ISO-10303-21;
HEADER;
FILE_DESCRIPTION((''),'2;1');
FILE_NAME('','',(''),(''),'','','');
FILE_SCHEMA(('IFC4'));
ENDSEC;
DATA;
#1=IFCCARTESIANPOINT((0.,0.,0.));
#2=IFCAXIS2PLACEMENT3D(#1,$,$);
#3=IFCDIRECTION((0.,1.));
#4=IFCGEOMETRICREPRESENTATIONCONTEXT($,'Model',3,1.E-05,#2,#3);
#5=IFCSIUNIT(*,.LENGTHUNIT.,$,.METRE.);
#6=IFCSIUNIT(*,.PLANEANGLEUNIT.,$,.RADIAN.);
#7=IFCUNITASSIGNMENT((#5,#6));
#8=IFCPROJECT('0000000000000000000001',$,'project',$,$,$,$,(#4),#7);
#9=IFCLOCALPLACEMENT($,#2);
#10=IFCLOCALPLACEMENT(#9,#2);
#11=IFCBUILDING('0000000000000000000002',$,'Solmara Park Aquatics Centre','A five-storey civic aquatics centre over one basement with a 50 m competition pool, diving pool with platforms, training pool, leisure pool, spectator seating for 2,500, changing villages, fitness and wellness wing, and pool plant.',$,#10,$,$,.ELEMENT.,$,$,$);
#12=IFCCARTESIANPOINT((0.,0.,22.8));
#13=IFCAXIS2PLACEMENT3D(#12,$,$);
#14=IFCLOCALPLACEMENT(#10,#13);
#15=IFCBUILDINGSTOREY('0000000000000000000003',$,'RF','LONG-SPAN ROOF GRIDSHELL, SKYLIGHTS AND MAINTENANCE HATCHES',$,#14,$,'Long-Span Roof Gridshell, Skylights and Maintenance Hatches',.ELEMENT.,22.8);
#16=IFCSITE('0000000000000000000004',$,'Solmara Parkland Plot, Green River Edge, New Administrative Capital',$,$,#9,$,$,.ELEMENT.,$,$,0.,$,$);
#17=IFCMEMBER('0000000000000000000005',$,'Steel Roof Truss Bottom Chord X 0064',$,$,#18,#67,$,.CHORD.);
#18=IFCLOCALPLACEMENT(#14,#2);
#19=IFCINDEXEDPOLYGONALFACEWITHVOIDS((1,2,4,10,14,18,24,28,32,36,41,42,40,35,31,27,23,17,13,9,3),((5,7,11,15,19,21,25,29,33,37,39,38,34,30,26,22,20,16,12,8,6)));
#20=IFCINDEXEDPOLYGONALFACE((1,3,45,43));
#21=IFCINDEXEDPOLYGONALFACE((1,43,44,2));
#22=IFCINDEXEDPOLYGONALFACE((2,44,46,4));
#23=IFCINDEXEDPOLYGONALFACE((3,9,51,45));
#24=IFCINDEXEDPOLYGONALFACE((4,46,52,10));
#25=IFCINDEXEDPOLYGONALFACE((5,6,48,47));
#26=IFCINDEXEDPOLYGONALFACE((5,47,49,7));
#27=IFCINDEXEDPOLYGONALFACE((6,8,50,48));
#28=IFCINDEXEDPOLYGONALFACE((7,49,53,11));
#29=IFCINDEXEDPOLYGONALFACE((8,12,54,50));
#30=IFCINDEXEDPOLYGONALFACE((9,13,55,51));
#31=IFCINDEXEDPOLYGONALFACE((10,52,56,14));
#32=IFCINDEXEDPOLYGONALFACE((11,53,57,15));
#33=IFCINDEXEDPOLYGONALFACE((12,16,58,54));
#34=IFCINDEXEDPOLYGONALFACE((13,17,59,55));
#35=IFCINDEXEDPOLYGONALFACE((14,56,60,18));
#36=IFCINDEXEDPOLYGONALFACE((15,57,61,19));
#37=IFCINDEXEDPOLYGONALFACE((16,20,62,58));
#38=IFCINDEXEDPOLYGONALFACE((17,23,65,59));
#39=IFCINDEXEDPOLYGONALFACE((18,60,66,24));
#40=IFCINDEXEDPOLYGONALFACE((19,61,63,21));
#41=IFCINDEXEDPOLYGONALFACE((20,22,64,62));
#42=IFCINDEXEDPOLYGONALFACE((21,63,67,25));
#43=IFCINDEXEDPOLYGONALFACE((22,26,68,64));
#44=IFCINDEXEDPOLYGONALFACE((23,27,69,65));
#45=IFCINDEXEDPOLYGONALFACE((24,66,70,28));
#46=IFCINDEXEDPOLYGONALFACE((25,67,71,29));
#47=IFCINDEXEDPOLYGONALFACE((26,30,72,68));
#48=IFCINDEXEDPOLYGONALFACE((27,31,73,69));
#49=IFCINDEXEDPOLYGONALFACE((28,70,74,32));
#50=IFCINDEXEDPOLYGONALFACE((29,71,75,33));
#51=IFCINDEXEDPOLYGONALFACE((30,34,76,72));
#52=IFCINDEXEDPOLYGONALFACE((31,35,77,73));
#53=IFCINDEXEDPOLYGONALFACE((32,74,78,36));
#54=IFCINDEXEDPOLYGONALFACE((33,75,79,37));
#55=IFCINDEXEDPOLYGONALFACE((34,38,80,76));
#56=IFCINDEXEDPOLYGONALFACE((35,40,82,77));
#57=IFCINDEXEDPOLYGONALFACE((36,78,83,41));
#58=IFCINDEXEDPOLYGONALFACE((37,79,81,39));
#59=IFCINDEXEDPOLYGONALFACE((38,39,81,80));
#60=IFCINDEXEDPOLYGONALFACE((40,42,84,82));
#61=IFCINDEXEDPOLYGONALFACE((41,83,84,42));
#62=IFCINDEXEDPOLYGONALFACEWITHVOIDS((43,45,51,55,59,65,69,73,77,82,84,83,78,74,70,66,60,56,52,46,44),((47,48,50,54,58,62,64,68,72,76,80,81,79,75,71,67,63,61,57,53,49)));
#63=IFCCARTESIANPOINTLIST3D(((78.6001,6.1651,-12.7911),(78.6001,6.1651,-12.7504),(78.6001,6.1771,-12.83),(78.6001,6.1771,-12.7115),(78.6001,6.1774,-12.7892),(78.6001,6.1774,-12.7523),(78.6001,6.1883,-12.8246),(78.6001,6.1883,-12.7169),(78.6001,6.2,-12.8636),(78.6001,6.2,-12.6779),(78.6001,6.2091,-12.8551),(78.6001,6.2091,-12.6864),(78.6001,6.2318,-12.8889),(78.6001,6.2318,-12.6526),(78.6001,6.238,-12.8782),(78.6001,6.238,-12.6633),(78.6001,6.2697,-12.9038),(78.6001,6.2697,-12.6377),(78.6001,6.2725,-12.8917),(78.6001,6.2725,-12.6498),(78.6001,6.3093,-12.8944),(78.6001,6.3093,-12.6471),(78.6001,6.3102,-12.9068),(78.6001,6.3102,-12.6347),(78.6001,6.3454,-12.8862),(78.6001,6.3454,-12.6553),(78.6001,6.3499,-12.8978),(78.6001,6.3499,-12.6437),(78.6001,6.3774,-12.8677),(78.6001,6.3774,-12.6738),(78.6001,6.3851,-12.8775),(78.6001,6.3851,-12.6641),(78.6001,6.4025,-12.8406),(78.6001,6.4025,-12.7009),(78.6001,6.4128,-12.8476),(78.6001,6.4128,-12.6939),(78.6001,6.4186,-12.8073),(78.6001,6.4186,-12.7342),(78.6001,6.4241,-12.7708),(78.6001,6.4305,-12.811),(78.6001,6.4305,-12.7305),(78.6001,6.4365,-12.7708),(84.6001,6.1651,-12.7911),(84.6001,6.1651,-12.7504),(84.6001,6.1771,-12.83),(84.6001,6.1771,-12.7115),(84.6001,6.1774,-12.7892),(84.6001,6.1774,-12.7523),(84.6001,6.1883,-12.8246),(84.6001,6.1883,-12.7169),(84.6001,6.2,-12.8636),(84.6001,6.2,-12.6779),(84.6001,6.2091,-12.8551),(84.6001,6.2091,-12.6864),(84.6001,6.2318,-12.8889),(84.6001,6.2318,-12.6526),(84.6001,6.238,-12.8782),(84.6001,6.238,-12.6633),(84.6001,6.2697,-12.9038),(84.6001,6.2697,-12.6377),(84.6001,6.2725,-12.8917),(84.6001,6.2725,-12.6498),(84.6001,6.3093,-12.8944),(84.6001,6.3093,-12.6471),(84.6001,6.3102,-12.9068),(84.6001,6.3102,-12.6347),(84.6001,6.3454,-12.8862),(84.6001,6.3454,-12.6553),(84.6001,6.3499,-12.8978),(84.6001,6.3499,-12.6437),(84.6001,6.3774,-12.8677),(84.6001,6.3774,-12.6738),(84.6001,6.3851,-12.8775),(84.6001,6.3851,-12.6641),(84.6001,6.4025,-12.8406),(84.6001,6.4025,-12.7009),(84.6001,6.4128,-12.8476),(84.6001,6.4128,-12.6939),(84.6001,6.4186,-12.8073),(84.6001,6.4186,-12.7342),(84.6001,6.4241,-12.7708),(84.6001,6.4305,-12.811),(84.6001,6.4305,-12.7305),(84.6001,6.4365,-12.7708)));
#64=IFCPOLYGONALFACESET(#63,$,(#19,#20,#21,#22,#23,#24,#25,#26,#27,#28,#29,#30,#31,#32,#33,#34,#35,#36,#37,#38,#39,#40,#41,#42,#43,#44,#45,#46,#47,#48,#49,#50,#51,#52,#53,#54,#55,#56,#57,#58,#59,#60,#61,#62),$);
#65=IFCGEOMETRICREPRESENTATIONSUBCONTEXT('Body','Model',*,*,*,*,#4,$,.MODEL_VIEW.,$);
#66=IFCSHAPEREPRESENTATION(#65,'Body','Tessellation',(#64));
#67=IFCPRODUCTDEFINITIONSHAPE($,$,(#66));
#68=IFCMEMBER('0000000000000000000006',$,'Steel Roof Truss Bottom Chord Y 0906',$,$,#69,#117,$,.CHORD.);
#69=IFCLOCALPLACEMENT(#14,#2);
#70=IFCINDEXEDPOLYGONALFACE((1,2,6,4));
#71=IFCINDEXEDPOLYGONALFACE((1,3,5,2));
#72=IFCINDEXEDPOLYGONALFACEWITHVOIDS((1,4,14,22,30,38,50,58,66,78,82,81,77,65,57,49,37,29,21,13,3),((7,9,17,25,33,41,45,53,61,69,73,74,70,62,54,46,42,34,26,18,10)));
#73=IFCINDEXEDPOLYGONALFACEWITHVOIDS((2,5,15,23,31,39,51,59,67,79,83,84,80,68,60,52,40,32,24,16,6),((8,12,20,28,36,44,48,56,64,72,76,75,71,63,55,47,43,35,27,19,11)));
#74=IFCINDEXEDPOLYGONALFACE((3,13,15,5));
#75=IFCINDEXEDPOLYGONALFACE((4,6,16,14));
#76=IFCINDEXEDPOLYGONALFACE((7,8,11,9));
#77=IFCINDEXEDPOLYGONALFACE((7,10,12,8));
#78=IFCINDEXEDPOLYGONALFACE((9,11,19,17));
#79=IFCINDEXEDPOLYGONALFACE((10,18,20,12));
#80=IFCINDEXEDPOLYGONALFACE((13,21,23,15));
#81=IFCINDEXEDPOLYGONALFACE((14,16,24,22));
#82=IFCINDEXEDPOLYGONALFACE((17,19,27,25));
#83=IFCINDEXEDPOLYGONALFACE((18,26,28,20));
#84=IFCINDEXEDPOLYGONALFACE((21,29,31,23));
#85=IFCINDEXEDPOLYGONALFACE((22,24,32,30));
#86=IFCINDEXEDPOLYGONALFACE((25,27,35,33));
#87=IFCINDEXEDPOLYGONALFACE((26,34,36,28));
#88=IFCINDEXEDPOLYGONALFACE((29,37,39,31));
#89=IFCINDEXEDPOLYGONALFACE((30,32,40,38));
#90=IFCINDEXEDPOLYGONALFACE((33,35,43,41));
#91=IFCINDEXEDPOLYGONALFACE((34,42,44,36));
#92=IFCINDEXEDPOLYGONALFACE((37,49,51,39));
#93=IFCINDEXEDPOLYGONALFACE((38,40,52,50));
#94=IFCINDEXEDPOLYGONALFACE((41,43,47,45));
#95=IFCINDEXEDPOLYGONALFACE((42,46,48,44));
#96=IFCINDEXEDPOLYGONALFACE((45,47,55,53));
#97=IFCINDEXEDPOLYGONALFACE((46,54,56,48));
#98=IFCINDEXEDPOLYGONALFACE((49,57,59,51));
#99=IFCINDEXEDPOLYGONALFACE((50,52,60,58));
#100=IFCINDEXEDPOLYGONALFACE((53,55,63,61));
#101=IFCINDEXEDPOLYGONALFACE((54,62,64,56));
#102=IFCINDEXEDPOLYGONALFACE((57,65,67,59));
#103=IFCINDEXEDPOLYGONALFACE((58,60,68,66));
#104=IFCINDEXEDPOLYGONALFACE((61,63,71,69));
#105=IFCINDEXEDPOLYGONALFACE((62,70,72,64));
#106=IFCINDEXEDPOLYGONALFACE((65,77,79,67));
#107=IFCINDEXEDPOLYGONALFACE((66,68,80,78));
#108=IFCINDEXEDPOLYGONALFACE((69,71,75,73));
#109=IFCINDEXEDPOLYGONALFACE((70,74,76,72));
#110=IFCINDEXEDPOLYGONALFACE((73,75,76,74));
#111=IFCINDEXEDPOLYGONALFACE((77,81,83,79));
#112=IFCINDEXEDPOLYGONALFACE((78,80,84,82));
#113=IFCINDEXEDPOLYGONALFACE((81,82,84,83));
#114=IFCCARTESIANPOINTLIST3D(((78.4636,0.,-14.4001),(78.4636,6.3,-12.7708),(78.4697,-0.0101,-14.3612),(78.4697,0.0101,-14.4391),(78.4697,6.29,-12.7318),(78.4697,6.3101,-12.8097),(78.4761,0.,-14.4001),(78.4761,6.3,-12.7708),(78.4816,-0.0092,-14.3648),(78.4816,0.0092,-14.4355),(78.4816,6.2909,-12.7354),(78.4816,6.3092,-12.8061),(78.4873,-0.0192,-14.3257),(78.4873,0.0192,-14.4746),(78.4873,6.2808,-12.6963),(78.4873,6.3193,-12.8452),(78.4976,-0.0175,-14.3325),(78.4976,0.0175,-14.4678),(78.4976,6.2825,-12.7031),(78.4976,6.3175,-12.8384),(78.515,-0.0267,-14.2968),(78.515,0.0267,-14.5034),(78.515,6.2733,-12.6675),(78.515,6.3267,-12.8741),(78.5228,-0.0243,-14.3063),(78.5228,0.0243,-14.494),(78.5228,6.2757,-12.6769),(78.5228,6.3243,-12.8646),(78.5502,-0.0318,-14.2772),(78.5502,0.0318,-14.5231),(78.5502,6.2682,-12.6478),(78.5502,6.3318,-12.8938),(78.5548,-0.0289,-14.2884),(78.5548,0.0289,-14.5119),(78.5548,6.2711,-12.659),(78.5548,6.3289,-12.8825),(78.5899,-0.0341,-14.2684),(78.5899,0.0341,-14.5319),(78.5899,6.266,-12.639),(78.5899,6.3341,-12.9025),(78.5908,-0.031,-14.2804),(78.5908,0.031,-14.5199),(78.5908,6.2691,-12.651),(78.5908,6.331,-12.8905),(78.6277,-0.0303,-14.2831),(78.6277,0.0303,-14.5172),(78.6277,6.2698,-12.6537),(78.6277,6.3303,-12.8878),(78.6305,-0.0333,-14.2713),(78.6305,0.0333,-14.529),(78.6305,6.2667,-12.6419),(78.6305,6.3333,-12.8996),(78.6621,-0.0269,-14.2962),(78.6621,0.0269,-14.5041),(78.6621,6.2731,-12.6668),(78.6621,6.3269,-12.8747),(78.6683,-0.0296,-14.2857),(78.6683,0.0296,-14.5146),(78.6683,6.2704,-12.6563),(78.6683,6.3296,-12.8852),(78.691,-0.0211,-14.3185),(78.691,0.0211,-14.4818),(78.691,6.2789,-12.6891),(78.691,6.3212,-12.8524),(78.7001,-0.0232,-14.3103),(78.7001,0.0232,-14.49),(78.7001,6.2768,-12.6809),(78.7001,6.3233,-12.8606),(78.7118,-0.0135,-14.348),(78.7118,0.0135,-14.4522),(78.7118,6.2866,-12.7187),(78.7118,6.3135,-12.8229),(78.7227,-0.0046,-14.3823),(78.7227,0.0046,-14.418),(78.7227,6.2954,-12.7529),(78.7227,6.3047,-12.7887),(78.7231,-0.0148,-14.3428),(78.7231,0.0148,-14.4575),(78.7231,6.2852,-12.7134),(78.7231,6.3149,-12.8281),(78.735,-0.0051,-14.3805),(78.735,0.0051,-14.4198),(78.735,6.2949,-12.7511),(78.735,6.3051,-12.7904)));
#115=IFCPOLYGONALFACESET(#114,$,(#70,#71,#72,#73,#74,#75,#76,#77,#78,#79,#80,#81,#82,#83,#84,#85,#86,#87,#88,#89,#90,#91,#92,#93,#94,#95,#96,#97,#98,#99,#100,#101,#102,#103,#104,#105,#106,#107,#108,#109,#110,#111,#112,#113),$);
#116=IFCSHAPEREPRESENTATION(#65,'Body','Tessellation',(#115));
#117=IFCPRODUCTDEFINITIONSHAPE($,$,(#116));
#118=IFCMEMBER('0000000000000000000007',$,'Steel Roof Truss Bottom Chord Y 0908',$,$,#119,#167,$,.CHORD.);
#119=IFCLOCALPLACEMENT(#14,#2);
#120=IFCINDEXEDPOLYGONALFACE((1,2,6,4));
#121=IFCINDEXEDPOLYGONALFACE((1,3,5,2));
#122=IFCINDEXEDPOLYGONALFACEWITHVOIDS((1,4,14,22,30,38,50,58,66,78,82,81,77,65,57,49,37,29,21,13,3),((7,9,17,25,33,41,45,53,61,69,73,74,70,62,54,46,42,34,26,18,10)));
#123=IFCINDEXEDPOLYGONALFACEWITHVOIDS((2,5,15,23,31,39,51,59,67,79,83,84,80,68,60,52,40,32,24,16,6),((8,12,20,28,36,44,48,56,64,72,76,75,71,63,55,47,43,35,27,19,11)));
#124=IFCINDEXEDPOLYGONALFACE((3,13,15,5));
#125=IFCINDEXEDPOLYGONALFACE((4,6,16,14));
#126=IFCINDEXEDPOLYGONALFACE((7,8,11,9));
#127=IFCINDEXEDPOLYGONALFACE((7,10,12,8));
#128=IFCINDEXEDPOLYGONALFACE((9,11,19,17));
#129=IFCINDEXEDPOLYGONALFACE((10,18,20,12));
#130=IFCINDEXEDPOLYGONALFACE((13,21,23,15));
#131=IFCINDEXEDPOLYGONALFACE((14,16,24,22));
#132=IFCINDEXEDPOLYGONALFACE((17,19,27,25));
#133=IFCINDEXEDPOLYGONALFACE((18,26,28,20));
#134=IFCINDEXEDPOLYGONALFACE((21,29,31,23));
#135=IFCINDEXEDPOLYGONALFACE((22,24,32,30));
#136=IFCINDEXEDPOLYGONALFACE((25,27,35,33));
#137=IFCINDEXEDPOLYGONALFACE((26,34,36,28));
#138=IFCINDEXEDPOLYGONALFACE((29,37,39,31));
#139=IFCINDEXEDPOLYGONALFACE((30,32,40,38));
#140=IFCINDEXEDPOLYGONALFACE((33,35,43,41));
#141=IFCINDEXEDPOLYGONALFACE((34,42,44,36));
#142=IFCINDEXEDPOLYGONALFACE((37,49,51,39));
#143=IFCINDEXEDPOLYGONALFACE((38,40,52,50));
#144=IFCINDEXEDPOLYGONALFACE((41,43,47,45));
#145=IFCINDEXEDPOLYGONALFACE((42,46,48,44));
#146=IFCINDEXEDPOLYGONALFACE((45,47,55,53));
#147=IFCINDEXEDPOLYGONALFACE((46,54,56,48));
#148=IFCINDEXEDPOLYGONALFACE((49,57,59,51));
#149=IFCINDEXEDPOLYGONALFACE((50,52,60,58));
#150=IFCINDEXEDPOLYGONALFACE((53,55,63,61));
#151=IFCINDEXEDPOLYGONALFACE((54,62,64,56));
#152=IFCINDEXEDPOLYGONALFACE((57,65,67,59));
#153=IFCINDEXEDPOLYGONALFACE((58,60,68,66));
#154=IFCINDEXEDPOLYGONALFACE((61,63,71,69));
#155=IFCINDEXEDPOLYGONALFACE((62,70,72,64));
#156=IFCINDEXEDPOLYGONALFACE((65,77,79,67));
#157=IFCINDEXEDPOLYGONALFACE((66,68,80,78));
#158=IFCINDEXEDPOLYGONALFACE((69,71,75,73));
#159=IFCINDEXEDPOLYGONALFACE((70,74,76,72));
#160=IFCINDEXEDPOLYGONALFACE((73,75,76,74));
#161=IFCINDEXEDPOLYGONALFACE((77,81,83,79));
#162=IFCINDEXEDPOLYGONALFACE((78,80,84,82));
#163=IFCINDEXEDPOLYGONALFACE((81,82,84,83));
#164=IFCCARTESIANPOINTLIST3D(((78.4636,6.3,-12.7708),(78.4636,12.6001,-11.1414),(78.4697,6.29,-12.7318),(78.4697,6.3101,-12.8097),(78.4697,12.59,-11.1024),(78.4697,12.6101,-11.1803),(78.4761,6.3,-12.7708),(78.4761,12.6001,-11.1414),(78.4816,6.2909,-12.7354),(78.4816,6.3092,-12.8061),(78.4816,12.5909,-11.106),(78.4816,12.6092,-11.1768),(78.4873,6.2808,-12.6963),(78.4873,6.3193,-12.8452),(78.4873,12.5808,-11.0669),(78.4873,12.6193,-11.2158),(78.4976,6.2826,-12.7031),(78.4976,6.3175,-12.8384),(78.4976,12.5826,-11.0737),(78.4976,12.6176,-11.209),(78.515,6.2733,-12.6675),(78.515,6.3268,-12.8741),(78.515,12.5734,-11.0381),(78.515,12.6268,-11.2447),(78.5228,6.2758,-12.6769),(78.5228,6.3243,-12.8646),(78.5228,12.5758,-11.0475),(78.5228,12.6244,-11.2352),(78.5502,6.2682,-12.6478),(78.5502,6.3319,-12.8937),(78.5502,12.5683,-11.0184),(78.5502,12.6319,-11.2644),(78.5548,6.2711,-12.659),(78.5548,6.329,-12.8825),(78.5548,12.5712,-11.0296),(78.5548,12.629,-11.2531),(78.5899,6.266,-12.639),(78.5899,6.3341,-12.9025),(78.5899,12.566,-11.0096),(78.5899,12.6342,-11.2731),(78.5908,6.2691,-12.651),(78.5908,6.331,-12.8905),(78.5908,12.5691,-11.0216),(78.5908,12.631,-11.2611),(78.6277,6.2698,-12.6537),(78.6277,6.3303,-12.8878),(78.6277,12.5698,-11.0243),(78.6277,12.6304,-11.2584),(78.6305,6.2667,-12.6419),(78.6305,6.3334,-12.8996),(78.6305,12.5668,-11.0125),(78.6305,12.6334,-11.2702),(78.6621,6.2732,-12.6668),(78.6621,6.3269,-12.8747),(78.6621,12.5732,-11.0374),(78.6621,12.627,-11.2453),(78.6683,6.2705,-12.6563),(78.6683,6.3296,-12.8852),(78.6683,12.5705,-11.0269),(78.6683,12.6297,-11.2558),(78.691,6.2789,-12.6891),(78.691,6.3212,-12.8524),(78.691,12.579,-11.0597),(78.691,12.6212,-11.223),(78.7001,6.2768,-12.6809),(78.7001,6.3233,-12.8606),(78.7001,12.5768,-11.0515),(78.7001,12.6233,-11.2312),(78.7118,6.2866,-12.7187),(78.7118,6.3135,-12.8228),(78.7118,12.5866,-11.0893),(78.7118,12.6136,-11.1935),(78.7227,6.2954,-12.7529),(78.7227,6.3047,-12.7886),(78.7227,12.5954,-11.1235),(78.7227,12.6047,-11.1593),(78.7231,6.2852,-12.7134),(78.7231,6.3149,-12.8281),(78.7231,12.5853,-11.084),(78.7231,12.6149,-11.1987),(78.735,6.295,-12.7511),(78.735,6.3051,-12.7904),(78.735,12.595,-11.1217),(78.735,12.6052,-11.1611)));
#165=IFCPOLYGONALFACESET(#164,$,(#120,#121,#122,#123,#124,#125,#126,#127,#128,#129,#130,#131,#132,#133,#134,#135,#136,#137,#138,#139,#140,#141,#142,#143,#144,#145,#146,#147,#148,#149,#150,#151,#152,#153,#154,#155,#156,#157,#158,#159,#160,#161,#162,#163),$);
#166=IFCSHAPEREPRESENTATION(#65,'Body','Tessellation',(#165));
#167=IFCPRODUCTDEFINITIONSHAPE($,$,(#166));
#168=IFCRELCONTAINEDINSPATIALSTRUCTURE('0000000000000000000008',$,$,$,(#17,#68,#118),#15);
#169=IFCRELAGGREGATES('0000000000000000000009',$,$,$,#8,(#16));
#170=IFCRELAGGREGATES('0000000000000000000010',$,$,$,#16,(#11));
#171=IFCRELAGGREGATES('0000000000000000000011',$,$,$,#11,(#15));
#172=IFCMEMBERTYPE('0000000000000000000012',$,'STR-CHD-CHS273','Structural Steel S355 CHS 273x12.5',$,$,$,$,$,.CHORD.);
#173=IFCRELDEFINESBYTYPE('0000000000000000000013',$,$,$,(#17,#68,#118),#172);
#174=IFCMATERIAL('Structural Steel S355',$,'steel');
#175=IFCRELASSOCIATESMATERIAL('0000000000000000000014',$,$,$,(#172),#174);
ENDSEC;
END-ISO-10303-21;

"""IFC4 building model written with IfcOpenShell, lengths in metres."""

from ifc_helpers import new_model, si_unit, direction, frame, origin, origin_2d, place, context, subcontext, project, spatial, hollow_circle, extrude, material, material_profile, profile_set, type_object, element, save


model = new_model("IFC4")

# Units and contexts
model_context = context("Model", 3, precision=1e-05, world=origin(), true_north=direction((0.0, 1.0)))
body_context = subcontext(model_context, "Body", "Model", "MODEL_VIEW")
ifc_project = project(units=[si_unit("LENGTHUNIT", "METRE"), si_unit("PLANEANGLEUNIT", "RADIAN")], contexts=[model_context])

# Site, building, storey
site_placement = place(None, origin())
site = spatial("IfcSite", under=ifc_project, at=site_placement, Name="Solmara Parkland Plot, Green River Edge, New Administrative Capital", CompositionType="ELEMENT", RefElevation=0.0)
building_placement = place(site_placement, origin())
building = spatial("IfcBuilding", under=site, at=building_placement, Name="Solmara Park Aquatics Centre", Description="A five-storey civic aquatics centre over one basement with a 50 m competition pool, diving pool with platforms, training pool, leisure pool, spectator seating for 2,500, changing villages, fitness and wellness wing, and pool plant.", CompositionType="ELEMENT")
storey_placement = place(building_placement, frame((0.0, 0.0, 22.8)))
storey = spatial("IfcBuildingStorey", under=building, at=storey_placement, Name="RF", Description="LONG-SPAN ROOF GRIDSHELL, SKYLIGHTS AND MAINTENANCE HATCHES", LongName="Long-Span Roof Gridshell, Skylights and Maintenance Hatches", CompositionType="ELEMENT", Elevation=22.8)

# Members
ifc_material_1 = material(Name="Structural Steel S355", Category="steel")
ifc_material_profile_1 = material_profile(ifc_material_1, hollow_circle(Radius=0.1365, WallThickness=0.0125, at=origin_2d()), Name="CHS 273x12.5")
ifc_profile_set_1 = profile_set([ifc_material_profile_1], Name="Structural Steel S355")
member_type_1 = type_object("IfcMemberType", Name="STR-CHD-CHS273", Description="Structural Steel S355 CHS 273x12.5", PredefinedType="CHORD", material=ifc_profile_set_1)
member_1_placement = place(storey_placement, frame((78.6001, 6.3, -12.7708), z_axis=(1.0, 0.0, 0.0), x_axis=(0.0, 1.0, 0.0)))
element("IfcMember", 1, at=member_1_placement, inside=storey, type_object=member_type_1, Name="Steel Roof Truss Bottom Chord X 0064", PredefinedType="CHORD", context=body_context, shape_type="SweptSolid", body=[
    extrude(hollow_circle(Radius=0.1365, WallThickness=0.0125, at=origin_2d()), origin(), (0.0, 0.0, 1.0), 6.0),
])
for number, where, z_axis, x_axis, name in (
    (2, (78.6001, 0.0, -14.4001), (0.0, 0.968144, 0.250393), (-1.0, 0.0, 0.0), "Steel Roof Truss Bottom Chord Y 0906"),
    (3, (78.6001, 6.3, -12.7708), (0.0, 0.968144, 0.250393), (-1.0, 0.0, 0.0), "Steel Roof Truss Bottom Chord Y 0908"),
):
    element("IfcMember", number, at=place(storey_placement, frame(where, z_axis=z_axis, x_axis=x_axis)), inside=storey, type_object=member_type_1, Name=name, PredefinedType="CHORD", context=body_context, shape_type="SweptSolid", body=[
        extrude(hollow_circle(Radius=0.1365, WallThickness=0.0125, at=origin_2d()), origin(), (0.0, 0.0, 1.0), 6.5073),
    ])

save(model, "model.ifc")
